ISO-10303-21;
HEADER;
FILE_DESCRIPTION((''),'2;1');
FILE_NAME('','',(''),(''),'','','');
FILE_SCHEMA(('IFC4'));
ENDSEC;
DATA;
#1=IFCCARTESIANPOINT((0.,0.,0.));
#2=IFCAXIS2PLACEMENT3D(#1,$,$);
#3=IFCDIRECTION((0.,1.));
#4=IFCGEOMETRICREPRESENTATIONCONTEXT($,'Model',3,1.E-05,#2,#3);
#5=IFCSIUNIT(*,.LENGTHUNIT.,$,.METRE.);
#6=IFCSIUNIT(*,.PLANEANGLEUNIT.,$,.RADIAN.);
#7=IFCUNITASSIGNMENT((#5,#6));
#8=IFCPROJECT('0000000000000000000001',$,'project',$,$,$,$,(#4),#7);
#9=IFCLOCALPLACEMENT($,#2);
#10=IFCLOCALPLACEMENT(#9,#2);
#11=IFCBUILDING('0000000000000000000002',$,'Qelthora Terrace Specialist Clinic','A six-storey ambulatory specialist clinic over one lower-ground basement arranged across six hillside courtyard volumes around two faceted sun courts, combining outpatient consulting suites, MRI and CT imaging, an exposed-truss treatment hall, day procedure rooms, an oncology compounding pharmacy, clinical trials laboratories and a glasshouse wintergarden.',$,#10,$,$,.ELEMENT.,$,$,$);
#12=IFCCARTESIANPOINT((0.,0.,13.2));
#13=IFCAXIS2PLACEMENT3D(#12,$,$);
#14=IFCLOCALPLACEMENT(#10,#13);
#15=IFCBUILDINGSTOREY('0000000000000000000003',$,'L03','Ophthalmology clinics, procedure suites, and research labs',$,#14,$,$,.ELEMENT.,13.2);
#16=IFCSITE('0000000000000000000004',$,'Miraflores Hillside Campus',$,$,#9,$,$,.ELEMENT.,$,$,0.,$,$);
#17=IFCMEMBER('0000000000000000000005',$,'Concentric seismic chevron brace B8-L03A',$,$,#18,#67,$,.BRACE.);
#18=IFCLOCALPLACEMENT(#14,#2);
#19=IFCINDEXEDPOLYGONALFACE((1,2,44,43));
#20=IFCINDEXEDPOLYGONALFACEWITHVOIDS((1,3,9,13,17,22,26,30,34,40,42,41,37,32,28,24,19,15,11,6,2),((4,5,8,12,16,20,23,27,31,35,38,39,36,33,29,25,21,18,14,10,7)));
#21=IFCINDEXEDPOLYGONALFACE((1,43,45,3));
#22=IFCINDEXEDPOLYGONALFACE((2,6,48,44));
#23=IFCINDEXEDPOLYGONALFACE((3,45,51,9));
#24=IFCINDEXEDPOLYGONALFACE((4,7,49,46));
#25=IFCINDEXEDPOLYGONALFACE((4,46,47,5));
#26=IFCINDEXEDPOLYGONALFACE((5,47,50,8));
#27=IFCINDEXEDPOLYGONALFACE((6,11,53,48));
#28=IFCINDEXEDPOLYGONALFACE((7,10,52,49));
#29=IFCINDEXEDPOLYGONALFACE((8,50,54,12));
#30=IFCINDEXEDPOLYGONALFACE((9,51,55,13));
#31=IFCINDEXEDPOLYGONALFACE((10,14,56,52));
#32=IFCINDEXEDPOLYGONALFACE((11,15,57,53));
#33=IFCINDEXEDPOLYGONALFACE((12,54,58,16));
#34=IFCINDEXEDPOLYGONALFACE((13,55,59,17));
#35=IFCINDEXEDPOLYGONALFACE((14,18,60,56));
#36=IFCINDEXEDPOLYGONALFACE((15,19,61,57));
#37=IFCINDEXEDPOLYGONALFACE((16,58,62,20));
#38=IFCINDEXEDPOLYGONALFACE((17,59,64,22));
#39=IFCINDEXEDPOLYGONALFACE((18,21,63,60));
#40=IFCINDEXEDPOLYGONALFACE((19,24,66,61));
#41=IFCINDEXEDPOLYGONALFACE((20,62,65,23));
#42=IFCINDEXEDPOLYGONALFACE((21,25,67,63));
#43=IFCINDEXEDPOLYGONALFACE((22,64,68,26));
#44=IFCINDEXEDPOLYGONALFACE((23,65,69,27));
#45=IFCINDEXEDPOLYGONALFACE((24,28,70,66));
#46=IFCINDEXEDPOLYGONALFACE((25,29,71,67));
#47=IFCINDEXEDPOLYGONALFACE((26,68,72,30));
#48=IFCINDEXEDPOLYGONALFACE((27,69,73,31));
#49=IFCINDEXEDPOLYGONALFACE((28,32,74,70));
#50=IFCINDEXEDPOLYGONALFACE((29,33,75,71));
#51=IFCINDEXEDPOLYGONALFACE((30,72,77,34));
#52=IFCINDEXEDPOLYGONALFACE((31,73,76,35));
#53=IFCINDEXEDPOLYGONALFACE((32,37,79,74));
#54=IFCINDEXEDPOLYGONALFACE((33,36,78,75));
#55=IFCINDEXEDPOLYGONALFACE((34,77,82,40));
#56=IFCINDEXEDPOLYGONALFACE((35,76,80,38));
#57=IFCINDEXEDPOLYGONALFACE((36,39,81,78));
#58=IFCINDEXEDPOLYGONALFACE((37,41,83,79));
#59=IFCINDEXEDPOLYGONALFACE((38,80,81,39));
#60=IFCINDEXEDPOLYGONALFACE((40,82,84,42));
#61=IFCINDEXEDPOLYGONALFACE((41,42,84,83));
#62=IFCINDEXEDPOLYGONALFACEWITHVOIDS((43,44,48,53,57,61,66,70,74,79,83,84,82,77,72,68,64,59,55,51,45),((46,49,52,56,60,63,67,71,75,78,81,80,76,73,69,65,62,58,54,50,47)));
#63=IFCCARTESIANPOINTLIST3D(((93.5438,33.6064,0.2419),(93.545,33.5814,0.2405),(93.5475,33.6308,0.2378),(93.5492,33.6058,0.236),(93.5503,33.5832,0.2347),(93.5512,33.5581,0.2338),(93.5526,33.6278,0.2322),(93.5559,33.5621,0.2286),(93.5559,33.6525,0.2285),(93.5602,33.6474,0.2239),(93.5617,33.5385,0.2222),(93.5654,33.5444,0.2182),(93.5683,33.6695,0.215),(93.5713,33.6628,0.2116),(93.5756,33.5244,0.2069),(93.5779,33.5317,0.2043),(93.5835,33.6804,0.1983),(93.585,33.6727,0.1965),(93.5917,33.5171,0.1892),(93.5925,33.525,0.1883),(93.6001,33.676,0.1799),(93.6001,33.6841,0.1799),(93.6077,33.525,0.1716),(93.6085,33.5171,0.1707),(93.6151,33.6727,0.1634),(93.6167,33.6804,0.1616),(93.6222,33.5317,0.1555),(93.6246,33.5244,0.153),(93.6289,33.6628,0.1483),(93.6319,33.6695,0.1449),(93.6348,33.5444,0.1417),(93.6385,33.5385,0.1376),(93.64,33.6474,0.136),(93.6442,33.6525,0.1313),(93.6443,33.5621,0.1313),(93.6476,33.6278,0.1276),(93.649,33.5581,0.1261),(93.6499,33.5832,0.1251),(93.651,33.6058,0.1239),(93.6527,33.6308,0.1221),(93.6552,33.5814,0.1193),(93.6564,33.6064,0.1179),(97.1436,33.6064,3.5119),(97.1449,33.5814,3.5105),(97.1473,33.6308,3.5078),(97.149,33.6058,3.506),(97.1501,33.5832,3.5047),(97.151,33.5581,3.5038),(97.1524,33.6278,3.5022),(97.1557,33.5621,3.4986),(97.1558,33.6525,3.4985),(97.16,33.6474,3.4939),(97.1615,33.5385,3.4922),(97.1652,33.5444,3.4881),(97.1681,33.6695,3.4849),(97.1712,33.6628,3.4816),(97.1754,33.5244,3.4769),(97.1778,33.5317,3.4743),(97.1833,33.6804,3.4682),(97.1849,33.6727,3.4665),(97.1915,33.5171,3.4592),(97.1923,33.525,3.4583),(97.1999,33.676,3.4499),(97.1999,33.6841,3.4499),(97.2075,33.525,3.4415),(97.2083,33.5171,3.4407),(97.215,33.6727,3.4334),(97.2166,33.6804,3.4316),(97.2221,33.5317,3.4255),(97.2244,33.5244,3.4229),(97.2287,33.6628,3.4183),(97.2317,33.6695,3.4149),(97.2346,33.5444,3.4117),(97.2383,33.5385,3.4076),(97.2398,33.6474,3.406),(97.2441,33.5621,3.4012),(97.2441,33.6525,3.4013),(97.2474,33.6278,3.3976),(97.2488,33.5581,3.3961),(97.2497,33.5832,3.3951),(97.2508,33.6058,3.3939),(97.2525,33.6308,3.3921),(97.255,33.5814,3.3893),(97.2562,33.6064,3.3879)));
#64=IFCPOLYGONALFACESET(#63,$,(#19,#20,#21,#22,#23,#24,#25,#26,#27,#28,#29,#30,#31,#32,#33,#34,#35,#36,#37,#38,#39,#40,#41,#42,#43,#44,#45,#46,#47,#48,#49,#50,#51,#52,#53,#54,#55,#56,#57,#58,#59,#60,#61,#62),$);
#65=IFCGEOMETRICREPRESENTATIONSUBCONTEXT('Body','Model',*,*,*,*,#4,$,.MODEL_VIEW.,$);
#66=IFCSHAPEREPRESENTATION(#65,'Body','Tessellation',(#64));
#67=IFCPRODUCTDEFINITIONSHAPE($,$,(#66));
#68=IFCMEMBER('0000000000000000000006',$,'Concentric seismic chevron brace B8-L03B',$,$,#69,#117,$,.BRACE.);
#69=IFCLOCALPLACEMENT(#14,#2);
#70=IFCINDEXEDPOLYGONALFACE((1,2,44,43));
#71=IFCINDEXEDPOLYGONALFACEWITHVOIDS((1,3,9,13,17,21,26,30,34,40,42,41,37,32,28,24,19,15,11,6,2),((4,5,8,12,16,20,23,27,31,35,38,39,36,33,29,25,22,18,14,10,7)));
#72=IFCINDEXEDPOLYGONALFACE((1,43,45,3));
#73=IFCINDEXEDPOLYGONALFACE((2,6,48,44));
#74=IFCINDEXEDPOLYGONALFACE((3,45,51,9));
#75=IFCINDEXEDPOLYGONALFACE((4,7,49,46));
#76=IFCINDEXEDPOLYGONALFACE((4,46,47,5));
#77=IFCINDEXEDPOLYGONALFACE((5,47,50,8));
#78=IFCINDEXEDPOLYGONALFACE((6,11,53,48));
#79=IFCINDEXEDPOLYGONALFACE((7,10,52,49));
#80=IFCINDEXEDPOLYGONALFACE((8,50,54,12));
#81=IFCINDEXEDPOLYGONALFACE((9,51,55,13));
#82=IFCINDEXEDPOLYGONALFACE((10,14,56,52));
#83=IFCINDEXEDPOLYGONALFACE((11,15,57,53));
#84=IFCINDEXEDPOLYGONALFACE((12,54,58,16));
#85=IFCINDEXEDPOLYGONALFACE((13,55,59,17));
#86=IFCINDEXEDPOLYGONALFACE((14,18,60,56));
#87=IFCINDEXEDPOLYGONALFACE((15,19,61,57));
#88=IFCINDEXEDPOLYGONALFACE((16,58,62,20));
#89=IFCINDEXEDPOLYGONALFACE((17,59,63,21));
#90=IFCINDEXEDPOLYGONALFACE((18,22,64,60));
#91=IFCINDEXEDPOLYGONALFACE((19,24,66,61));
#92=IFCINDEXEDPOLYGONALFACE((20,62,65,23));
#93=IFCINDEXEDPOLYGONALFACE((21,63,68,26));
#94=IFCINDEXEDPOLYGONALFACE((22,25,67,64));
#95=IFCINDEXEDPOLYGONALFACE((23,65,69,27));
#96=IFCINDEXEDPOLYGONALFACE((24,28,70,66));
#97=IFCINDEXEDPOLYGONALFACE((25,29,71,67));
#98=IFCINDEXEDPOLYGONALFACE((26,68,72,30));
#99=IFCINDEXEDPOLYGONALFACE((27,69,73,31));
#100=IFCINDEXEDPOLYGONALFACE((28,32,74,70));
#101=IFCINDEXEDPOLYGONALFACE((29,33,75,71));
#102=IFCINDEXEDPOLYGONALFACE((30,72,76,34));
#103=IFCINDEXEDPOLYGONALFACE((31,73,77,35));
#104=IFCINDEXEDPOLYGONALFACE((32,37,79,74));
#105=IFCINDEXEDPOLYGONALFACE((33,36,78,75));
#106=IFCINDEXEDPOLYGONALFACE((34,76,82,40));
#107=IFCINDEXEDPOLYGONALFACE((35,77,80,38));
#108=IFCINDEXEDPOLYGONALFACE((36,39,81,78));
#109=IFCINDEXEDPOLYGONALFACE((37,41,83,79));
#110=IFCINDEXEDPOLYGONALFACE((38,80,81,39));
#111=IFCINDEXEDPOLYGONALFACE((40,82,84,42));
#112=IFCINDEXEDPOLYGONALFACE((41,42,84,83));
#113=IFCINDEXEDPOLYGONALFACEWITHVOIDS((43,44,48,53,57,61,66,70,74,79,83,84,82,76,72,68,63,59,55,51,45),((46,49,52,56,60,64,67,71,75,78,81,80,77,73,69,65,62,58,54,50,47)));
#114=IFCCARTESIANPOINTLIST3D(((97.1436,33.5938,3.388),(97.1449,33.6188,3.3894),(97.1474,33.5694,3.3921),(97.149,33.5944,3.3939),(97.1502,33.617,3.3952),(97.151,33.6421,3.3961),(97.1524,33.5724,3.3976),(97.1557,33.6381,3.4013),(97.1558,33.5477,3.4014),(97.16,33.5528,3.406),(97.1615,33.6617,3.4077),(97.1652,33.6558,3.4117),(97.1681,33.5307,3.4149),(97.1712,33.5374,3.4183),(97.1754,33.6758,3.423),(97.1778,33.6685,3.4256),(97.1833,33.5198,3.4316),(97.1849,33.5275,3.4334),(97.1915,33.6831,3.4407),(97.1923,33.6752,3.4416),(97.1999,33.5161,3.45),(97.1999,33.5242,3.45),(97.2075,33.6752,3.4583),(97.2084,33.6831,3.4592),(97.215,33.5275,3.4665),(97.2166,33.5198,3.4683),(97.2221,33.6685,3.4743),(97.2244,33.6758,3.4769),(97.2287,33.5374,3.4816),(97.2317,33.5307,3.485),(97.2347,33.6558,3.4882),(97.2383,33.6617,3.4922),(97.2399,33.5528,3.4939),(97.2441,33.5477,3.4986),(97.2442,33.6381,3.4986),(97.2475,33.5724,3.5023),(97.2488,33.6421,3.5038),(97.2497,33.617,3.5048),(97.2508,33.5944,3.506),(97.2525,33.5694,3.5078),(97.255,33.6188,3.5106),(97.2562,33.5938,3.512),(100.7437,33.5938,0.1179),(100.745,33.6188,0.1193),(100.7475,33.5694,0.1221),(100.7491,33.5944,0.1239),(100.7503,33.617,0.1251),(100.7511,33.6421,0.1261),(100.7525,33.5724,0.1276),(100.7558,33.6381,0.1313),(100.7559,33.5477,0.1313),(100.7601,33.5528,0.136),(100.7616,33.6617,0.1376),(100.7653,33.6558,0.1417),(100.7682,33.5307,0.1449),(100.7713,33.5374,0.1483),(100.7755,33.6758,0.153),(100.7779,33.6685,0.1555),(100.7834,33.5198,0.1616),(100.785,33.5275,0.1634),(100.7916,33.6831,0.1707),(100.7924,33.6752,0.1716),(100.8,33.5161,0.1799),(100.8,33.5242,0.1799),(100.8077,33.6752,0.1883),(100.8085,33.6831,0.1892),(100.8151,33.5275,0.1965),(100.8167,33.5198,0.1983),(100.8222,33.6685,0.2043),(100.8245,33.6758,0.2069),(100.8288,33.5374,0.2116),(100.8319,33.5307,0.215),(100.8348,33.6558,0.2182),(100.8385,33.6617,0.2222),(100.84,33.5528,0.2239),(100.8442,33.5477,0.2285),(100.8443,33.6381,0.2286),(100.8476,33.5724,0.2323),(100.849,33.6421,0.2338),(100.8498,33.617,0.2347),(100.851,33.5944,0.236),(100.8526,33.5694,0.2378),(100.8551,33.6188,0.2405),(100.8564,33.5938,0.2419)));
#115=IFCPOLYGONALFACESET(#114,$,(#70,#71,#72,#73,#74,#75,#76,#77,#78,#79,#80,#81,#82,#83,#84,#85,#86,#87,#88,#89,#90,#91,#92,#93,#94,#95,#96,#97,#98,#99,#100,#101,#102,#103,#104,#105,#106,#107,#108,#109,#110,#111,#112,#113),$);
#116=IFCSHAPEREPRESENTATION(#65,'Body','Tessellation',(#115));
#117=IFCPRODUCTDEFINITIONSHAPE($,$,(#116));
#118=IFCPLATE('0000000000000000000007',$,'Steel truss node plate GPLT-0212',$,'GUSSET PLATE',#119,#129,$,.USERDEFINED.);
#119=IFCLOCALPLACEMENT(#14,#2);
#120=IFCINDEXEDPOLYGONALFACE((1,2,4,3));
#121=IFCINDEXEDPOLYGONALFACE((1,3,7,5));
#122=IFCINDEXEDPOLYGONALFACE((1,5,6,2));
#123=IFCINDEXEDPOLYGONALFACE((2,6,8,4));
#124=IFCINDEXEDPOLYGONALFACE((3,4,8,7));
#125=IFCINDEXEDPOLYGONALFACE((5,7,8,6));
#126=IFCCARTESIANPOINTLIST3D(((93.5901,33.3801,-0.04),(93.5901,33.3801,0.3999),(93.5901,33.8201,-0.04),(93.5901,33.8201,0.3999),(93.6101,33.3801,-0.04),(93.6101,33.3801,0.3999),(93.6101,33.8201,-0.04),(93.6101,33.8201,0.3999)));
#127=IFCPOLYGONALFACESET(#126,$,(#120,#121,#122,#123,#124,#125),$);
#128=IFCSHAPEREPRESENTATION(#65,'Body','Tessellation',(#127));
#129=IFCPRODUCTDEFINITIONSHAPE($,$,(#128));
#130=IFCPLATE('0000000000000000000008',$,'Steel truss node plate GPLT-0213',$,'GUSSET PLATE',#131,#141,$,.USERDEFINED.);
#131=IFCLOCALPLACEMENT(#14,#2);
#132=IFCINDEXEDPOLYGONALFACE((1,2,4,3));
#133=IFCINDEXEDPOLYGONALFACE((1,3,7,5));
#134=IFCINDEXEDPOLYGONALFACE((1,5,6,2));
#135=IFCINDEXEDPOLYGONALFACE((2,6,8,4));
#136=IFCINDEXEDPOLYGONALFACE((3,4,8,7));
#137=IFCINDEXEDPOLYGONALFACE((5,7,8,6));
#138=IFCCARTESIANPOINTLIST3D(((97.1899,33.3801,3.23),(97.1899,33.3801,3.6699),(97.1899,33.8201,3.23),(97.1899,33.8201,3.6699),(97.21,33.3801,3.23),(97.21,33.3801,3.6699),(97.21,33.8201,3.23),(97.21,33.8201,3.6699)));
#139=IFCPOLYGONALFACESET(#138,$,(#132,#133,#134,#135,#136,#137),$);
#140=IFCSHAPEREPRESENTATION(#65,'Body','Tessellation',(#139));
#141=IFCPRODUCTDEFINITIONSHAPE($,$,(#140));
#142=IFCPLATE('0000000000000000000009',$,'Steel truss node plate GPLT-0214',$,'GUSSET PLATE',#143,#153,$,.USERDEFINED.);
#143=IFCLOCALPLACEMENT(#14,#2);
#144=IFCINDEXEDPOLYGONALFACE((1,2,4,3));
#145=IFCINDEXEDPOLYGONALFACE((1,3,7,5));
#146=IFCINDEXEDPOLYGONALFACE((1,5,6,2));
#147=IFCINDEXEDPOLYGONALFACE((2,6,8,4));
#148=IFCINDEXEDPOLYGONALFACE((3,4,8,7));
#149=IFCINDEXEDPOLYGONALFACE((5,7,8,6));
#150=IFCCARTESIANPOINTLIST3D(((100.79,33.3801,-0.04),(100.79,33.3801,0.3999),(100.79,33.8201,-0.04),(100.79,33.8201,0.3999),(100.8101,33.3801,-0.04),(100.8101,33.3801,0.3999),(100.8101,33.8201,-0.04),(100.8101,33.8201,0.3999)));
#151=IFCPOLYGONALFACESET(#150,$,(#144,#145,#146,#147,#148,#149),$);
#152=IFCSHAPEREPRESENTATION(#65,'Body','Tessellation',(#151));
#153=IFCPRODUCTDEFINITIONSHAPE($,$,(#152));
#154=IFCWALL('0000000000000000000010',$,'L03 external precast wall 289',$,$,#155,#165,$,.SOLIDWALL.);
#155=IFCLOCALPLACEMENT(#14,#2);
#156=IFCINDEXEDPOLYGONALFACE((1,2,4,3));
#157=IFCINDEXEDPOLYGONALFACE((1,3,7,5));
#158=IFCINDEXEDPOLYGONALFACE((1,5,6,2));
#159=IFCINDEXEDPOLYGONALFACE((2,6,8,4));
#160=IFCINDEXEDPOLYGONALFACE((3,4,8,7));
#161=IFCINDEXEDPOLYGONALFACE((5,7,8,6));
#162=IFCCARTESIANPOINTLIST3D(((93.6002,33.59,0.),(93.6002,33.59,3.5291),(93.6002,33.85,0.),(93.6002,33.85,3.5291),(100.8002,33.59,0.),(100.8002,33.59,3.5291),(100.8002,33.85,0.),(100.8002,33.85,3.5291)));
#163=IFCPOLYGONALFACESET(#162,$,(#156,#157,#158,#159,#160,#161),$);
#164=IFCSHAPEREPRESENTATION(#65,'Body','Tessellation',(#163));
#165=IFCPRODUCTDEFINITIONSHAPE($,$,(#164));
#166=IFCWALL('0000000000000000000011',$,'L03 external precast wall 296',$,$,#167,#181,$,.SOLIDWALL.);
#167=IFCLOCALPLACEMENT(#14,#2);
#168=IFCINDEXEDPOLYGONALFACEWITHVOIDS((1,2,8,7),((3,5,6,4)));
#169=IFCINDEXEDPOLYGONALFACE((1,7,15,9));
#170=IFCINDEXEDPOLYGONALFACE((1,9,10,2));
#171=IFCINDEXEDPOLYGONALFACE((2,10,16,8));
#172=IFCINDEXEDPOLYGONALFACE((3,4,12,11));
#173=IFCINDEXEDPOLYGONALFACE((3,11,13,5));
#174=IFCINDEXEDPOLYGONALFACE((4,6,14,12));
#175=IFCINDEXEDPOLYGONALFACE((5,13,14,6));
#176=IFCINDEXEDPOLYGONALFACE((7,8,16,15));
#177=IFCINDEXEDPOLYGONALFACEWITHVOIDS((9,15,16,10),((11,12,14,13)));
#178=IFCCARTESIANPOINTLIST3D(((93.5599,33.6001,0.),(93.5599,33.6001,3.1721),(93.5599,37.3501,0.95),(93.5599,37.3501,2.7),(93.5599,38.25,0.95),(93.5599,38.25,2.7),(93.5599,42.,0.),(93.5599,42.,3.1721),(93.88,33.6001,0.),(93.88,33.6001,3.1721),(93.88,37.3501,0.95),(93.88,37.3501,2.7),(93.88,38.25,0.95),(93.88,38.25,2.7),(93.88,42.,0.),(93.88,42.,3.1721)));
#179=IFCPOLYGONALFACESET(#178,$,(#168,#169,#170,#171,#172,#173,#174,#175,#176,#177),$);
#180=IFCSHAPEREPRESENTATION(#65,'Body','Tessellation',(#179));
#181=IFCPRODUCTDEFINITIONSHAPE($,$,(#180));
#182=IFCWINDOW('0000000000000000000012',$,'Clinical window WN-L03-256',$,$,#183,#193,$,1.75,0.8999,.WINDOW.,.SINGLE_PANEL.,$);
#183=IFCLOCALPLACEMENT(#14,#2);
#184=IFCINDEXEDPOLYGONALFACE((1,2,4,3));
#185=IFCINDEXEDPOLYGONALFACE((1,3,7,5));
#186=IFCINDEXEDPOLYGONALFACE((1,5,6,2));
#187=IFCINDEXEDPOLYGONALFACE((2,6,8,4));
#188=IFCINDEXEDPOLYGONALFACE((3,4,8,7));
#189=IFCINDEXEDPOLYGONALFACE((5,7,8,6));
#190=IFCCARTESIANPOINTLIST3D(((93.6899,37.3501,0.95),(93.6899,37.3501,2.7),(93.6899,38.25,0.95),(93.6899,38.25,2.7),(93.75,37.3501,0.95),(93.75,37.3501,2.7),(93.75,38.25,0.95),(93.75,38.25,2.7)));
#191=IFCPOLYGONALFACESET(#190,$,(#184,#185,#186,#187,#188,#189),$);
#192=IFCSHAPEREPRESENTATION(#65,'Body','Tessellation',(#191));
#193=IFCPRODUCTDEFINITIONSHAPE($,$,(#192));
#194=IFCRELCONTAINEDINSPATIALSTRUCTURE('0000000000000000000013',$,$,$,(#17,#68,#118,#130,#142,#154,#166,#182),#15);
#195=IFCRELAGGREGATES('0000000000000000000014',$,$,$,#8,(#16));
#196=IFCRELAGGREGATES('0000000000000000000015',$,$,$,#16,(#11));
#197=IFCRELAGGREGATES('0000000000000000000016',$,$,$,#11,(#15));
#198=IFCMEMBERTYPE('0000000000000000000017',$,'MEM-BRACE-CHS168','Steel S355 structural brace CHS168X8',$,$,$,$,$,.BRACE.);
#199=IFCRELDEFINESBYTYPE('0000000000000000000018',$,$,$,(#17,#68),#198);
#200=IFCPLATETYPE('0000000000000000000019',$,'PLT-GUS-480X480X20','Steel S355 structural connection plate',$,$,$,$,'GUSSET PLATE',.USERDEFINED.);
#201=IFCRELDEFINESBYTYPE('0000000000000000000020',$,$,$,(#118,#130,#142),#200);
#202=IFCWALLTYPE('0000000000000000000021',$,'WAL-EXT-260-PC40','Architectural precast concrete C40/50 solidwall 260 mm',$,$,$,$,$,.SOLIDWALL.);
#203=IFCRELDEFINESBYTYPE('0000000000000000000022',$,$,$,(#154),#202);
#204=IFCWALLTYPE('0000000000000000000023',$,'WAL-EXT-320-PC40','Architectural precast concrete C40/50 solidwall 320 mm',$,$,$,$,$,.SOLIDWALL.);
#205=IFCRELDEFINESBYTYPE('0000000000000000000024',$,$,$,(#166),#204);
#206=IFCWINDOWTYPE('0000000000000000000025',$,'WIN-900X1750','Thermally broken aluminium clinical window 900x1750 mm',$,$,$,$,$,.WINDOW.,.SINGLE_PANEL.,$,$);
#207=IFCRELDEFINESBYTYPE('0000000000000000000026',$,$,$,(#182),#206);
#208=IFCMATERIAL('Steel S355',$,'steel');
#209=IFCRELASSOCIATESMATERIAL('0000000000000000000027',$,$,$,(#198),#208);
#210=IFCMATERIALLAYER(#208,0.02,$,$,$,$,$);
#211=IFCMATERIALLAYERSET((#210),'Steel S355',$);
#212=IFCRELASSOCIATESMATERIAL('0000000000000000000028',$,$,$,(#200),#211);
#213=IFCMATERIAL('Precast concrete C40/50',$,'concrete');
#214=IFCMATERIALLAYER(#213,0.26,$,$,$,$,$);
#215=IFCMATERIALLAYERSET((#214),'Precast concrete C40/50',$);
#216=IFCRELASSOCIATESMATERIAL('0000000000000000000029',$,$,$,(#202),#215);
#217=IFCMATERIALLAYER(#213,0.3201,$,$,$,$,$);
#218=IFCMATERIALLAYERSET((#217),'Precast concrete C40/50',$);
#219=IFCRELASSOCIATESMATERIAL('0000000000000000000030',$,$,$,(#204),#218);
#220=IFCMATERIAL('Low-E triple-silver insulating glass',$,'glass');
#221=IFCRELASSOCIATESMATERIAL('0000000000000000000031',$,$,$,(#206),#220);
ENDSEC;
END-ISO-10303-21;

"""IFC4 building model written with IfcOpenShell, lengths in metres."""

from ifc_helpers import new_model, si_unit, direction, frame, frame_2d, origin, origin_2d, place, context, subcontext, project, spatial, rectangle, hollow_circle, extrude, material, layer, layer_set, material_profile, profile_set, type_object, element, fill, save


model = new_model("IFC4")

# Units and contexts
model_context = context("Model", 3, precision=1e-05, world=origin(), true_north=direction((0.0, 1.0)))
body_context = subcontext(model_context, "Body", "Model", "MODEL_VIEW")
ifc_project = project(units=[si_unit("LENGTHUNIT", "METRE"), si_unit("PLANEANGLEUNIT", "RADIAN")], contexts=[model_context])

# Site, building, storey
site_placement = place(None, origin())
site = spatial("IfcSite", under=ifc_project, at=site_placement, Name="Miraflores Hillside Campus", CompositionType="ELEMENT", RefElevation=0.0)
building_placement = place(site_placement, origin())
building = spatial("IfcBuilding", under=site, at=building_placement, Name="Qelthora Terrace Specialist Clinic", Description="A six-storey ambulatory specialist clinic over one lower-ground basement arranged across six hillside courtyard volumes around two faceted sun courts, combining outpatient consulting suites, MRI and CT imaging, an exposed-truss treatment hall, day procedure rooms, an oncology compounding pharmacy, clinical trials laboratories and a glasshouse wintergarden.", CompositionType="ELEMENT")
storey_placement = place(building_placement, frame((0.0, 0.0, 13.2)))
storey = spatial("IfcBuildingStorey", under=building, at=storey_placement, Name="L03", Description="Ophthalmology clinics, procedure suites, and research labs", CompositionType="ELEMENT", Elevation=13.2)

# Shared definitions
ifc_material_1 = material(Name="Steel S355", Category="steel")

# Members
ifc_material_profile_1 = material_profile(ifc_material_1, hollow_circle(Radius=0.084, WallThickness=0.0081, at=origin_2d()), Name="CHS168X8")
ifc_profile_set_1 = profile_set([ifc_material_profile_1], Name="Steel S355")
member_type = type_object("IfcMemberType", Name="MEM-BRACE-CHS168", Description="Steel S355 structural brace CHS168X8", PredefinedType="BRACE", material=ifc_profile_set_1)
member_1_placement = place(storey_placement, frame((93.6001, 33.6001, 0.1799), z_axis=(0.740204, 0.0, 0.672383), x_axis=(0.0, 1.0, 0.0)))
element("IfcMember", 1, at=member_1_placement, inside=storey, type_object=member_type, Name="Concentric seismic chevron brace B8-L03A", PredefinedType="BRACE", context=body_context, shape_type="SweptSolid", body=[
    extrude(hollow_circle(Radius=0.084, WallThickness=0.0081, at=origin_2d()), origin(), (0.0, 0.0, 1.0), 4.8633),
])
member_2_placement = place(storey_placement, frame((100.8, 33.6001, 0.1799), z_axis=(-0.740226, 0.0, 0.672358), x_axis=(0.0, -1.0, 0.0)))
element("IfcMember", 2, at=member_2_placement, inside=storey, type_object=member_type, Name="Concentric seismic chevron brace B8-L03B", PredefinedType="BRACE", context=body_context, shape_type="SweptSolid", body=[
    extrude(hollow_circle(Radius=0.084, WallThickness=0.0081, at=origin_2d()), origin(), (0.0, 0.0, 1.0), 4.8635),
])

# Plates
ifc_layer_1 = layer(ifc_material_1, 0.02)
ifc_layer_set_1 = layer_set([ifc_layer_1], Name="Steel S355")
plate_type = type_object("IfcPlateType", Name="PLT-GUS-480X480X20", Description="Steel S355 structural connection plate", ElementType="GUSSET PLATE", PredefinedType="USERDEFINED", material=ifc_layer_set_1)
for number, where, z_axis, x_axis, name in (
    (3, (93.6001, 33.6001, -0.04), (0.0, 0.0, 1.0), (1.0, 0.0, 0.0), "Steel truss node plate GPLT-0212"),
    (4, (97.2, 33.6001, 3.23), (0.0, 0.0, 1.0), (1.0, 0.0, 0.0), "Steel truss node plate GPLT-0213"),
    (5, (100.8, 33.6001, -0.04), (0.0, 0.0, 1.0), (1.0, 0.0, 0.0), "Steel truss node plate GPLT-0214"),
):
    element("IfcPlate", number, at=place(storey_placement, frame(where, z_axis=z_axis, x_axis=x_axis)), inside=storey, type_object=plate_type, Name=name, ObjectType="GUSSET PLATE", PredefinedType="USERDEFINED", context=body_context, shape_type="SweptSolid", body=[
        extrude(rectangle(XDim=0.02, YDim=0.4399, at=origin_2d()), origin(), (0.0, 0.0, 1.0), 0.4399),
    ])

# Wall
ifc_material_2 = material(Name="Precast concrete C40/50", Category="concrete")
ifc_layer_2 = layer(ifc_material_2, 0.26)
ifc_layer_set_2 = layer_set([ifc_layer_2], Name="Precast concrete C40/50")
wall_type_1 = type_object("IfcWallType", Name="WAL-EXT-260-PC40", Description="Architectural precast concrete C40/50 solidwall 260 mm", PredefinedType="SOLIDWALL", material=ifc_layer_set_2)
wall_1_placement = place(storey_placement, frame((93.6001, 33.72, 0.0), z_axis=(0.0, 0.0, 1.0), x_axis=(1.0, 0.0, 0.0)))
element("IfcWall", 6, at=wall_1_placement, inside=storey, type_object=wall_type_1, Name="L03 external precast wall 289", PredefinedType="SOLIDWALL", context=body_context, shape_type="SweptSolid", body=[
    extrude(rectangle(XDim=7.2, YDim=0.26, at=frame_2d((3.6001, 0.0))), origin(), (0.0, 0.0, 1.0), 3.5291),
])

# Wall, opening, window
ifc_layer_3 = layer(ifc_material_2, 0.3201)
ifc_layer_set_3 = layer_set([ifc_layer_3], Name="Precast concrete C40/50")
wall_type_2 = type_object("IfcWallType", Name="WAL-EXT-320-PC40", Description="Architectural precast concrete C40/50 solidwall 320 mm", PredefinedType="SOLIDWALL", material=ifc_layer_set_3)
wall_2_placement = place(storey_placement, frame((93.72, 33.6001, 0.0), z_axis=(0.0, 0.0, 1.0), x_axis=(0.0, 1.0, 0.0)))
wall_2 = element("IfcWall", 7, at=wall_2_placement, inside=storey, type_object=wall_type_2, Name="L03 external precast wall 296", PredefinedType="SOLIDWALL", context=body_context, shape_type="SweptSolid", body=[
    extrude(rectangle(XDim=8.3999, YDim=0.3201, at=frame_2d((4.2, 0.0))), origin(), (0.0, 0.0, 1.0), 3.1721),
])
opening_1_placement = place(wall_2_placement, frame((3.75, 0.0, 0.95)))
opening_1 = element("IfcOpeningElement", 8, at=opening_1_placement, cuts=wall_2, PredefinedType="OPENING", context=body_context, shape_type="SweptSolid", body=[
    extrude(rectangle(XDim=0.8999, YDim=1.75, at=frame_2d((0.45, 0.875))), frame((0.0, 0.1699, 0.0), z_axis=(0.0, -1.0, 0.0), x_axis=(1.0, 0.0, 0.0)), (0.0, 0.0, 1.0), 0.3401),
])
ifc_material_3 = material(Name="Low-E triple-silver insulating glass", Category="glass")
window_type_1 = type_object("IfcWindowType", Name="WIN-900X1750", Description="Thermally broken aluminium clinical window 900x1750 mm", PartitioningType="SINGLE_PANEL", PredefinedType="WINDOW", material=ifc_material_3)
window_1_placement = place(opening_1_placement, origin())
window_1 = element("IfcWindow", 9, at=window_1_placement, inside=storey, type_object=window_type_1, Name="Clinical window WN-L03-256", OverallHeight=1.75, OverallWidth=0.8999, PartitioningType="SINGLE_PANEL", PredefinedType="WINDOW", context=body_context, shape_type="SweptSolid", body=[
    extrude(rectangle(XDim=0.8999, YDim=1.75, at=frame_2d((0.45, 0.875))), frame((0.0, 0.03, 0.0), z_axis=(0.0, -1.0, 0.0), x_axis=(1.0, 0.0, 0.0)), (0.0, 0.0, 1.0), 0.0601),
])
fill(opening_1, window_1)

save(model, "model.ifc")
